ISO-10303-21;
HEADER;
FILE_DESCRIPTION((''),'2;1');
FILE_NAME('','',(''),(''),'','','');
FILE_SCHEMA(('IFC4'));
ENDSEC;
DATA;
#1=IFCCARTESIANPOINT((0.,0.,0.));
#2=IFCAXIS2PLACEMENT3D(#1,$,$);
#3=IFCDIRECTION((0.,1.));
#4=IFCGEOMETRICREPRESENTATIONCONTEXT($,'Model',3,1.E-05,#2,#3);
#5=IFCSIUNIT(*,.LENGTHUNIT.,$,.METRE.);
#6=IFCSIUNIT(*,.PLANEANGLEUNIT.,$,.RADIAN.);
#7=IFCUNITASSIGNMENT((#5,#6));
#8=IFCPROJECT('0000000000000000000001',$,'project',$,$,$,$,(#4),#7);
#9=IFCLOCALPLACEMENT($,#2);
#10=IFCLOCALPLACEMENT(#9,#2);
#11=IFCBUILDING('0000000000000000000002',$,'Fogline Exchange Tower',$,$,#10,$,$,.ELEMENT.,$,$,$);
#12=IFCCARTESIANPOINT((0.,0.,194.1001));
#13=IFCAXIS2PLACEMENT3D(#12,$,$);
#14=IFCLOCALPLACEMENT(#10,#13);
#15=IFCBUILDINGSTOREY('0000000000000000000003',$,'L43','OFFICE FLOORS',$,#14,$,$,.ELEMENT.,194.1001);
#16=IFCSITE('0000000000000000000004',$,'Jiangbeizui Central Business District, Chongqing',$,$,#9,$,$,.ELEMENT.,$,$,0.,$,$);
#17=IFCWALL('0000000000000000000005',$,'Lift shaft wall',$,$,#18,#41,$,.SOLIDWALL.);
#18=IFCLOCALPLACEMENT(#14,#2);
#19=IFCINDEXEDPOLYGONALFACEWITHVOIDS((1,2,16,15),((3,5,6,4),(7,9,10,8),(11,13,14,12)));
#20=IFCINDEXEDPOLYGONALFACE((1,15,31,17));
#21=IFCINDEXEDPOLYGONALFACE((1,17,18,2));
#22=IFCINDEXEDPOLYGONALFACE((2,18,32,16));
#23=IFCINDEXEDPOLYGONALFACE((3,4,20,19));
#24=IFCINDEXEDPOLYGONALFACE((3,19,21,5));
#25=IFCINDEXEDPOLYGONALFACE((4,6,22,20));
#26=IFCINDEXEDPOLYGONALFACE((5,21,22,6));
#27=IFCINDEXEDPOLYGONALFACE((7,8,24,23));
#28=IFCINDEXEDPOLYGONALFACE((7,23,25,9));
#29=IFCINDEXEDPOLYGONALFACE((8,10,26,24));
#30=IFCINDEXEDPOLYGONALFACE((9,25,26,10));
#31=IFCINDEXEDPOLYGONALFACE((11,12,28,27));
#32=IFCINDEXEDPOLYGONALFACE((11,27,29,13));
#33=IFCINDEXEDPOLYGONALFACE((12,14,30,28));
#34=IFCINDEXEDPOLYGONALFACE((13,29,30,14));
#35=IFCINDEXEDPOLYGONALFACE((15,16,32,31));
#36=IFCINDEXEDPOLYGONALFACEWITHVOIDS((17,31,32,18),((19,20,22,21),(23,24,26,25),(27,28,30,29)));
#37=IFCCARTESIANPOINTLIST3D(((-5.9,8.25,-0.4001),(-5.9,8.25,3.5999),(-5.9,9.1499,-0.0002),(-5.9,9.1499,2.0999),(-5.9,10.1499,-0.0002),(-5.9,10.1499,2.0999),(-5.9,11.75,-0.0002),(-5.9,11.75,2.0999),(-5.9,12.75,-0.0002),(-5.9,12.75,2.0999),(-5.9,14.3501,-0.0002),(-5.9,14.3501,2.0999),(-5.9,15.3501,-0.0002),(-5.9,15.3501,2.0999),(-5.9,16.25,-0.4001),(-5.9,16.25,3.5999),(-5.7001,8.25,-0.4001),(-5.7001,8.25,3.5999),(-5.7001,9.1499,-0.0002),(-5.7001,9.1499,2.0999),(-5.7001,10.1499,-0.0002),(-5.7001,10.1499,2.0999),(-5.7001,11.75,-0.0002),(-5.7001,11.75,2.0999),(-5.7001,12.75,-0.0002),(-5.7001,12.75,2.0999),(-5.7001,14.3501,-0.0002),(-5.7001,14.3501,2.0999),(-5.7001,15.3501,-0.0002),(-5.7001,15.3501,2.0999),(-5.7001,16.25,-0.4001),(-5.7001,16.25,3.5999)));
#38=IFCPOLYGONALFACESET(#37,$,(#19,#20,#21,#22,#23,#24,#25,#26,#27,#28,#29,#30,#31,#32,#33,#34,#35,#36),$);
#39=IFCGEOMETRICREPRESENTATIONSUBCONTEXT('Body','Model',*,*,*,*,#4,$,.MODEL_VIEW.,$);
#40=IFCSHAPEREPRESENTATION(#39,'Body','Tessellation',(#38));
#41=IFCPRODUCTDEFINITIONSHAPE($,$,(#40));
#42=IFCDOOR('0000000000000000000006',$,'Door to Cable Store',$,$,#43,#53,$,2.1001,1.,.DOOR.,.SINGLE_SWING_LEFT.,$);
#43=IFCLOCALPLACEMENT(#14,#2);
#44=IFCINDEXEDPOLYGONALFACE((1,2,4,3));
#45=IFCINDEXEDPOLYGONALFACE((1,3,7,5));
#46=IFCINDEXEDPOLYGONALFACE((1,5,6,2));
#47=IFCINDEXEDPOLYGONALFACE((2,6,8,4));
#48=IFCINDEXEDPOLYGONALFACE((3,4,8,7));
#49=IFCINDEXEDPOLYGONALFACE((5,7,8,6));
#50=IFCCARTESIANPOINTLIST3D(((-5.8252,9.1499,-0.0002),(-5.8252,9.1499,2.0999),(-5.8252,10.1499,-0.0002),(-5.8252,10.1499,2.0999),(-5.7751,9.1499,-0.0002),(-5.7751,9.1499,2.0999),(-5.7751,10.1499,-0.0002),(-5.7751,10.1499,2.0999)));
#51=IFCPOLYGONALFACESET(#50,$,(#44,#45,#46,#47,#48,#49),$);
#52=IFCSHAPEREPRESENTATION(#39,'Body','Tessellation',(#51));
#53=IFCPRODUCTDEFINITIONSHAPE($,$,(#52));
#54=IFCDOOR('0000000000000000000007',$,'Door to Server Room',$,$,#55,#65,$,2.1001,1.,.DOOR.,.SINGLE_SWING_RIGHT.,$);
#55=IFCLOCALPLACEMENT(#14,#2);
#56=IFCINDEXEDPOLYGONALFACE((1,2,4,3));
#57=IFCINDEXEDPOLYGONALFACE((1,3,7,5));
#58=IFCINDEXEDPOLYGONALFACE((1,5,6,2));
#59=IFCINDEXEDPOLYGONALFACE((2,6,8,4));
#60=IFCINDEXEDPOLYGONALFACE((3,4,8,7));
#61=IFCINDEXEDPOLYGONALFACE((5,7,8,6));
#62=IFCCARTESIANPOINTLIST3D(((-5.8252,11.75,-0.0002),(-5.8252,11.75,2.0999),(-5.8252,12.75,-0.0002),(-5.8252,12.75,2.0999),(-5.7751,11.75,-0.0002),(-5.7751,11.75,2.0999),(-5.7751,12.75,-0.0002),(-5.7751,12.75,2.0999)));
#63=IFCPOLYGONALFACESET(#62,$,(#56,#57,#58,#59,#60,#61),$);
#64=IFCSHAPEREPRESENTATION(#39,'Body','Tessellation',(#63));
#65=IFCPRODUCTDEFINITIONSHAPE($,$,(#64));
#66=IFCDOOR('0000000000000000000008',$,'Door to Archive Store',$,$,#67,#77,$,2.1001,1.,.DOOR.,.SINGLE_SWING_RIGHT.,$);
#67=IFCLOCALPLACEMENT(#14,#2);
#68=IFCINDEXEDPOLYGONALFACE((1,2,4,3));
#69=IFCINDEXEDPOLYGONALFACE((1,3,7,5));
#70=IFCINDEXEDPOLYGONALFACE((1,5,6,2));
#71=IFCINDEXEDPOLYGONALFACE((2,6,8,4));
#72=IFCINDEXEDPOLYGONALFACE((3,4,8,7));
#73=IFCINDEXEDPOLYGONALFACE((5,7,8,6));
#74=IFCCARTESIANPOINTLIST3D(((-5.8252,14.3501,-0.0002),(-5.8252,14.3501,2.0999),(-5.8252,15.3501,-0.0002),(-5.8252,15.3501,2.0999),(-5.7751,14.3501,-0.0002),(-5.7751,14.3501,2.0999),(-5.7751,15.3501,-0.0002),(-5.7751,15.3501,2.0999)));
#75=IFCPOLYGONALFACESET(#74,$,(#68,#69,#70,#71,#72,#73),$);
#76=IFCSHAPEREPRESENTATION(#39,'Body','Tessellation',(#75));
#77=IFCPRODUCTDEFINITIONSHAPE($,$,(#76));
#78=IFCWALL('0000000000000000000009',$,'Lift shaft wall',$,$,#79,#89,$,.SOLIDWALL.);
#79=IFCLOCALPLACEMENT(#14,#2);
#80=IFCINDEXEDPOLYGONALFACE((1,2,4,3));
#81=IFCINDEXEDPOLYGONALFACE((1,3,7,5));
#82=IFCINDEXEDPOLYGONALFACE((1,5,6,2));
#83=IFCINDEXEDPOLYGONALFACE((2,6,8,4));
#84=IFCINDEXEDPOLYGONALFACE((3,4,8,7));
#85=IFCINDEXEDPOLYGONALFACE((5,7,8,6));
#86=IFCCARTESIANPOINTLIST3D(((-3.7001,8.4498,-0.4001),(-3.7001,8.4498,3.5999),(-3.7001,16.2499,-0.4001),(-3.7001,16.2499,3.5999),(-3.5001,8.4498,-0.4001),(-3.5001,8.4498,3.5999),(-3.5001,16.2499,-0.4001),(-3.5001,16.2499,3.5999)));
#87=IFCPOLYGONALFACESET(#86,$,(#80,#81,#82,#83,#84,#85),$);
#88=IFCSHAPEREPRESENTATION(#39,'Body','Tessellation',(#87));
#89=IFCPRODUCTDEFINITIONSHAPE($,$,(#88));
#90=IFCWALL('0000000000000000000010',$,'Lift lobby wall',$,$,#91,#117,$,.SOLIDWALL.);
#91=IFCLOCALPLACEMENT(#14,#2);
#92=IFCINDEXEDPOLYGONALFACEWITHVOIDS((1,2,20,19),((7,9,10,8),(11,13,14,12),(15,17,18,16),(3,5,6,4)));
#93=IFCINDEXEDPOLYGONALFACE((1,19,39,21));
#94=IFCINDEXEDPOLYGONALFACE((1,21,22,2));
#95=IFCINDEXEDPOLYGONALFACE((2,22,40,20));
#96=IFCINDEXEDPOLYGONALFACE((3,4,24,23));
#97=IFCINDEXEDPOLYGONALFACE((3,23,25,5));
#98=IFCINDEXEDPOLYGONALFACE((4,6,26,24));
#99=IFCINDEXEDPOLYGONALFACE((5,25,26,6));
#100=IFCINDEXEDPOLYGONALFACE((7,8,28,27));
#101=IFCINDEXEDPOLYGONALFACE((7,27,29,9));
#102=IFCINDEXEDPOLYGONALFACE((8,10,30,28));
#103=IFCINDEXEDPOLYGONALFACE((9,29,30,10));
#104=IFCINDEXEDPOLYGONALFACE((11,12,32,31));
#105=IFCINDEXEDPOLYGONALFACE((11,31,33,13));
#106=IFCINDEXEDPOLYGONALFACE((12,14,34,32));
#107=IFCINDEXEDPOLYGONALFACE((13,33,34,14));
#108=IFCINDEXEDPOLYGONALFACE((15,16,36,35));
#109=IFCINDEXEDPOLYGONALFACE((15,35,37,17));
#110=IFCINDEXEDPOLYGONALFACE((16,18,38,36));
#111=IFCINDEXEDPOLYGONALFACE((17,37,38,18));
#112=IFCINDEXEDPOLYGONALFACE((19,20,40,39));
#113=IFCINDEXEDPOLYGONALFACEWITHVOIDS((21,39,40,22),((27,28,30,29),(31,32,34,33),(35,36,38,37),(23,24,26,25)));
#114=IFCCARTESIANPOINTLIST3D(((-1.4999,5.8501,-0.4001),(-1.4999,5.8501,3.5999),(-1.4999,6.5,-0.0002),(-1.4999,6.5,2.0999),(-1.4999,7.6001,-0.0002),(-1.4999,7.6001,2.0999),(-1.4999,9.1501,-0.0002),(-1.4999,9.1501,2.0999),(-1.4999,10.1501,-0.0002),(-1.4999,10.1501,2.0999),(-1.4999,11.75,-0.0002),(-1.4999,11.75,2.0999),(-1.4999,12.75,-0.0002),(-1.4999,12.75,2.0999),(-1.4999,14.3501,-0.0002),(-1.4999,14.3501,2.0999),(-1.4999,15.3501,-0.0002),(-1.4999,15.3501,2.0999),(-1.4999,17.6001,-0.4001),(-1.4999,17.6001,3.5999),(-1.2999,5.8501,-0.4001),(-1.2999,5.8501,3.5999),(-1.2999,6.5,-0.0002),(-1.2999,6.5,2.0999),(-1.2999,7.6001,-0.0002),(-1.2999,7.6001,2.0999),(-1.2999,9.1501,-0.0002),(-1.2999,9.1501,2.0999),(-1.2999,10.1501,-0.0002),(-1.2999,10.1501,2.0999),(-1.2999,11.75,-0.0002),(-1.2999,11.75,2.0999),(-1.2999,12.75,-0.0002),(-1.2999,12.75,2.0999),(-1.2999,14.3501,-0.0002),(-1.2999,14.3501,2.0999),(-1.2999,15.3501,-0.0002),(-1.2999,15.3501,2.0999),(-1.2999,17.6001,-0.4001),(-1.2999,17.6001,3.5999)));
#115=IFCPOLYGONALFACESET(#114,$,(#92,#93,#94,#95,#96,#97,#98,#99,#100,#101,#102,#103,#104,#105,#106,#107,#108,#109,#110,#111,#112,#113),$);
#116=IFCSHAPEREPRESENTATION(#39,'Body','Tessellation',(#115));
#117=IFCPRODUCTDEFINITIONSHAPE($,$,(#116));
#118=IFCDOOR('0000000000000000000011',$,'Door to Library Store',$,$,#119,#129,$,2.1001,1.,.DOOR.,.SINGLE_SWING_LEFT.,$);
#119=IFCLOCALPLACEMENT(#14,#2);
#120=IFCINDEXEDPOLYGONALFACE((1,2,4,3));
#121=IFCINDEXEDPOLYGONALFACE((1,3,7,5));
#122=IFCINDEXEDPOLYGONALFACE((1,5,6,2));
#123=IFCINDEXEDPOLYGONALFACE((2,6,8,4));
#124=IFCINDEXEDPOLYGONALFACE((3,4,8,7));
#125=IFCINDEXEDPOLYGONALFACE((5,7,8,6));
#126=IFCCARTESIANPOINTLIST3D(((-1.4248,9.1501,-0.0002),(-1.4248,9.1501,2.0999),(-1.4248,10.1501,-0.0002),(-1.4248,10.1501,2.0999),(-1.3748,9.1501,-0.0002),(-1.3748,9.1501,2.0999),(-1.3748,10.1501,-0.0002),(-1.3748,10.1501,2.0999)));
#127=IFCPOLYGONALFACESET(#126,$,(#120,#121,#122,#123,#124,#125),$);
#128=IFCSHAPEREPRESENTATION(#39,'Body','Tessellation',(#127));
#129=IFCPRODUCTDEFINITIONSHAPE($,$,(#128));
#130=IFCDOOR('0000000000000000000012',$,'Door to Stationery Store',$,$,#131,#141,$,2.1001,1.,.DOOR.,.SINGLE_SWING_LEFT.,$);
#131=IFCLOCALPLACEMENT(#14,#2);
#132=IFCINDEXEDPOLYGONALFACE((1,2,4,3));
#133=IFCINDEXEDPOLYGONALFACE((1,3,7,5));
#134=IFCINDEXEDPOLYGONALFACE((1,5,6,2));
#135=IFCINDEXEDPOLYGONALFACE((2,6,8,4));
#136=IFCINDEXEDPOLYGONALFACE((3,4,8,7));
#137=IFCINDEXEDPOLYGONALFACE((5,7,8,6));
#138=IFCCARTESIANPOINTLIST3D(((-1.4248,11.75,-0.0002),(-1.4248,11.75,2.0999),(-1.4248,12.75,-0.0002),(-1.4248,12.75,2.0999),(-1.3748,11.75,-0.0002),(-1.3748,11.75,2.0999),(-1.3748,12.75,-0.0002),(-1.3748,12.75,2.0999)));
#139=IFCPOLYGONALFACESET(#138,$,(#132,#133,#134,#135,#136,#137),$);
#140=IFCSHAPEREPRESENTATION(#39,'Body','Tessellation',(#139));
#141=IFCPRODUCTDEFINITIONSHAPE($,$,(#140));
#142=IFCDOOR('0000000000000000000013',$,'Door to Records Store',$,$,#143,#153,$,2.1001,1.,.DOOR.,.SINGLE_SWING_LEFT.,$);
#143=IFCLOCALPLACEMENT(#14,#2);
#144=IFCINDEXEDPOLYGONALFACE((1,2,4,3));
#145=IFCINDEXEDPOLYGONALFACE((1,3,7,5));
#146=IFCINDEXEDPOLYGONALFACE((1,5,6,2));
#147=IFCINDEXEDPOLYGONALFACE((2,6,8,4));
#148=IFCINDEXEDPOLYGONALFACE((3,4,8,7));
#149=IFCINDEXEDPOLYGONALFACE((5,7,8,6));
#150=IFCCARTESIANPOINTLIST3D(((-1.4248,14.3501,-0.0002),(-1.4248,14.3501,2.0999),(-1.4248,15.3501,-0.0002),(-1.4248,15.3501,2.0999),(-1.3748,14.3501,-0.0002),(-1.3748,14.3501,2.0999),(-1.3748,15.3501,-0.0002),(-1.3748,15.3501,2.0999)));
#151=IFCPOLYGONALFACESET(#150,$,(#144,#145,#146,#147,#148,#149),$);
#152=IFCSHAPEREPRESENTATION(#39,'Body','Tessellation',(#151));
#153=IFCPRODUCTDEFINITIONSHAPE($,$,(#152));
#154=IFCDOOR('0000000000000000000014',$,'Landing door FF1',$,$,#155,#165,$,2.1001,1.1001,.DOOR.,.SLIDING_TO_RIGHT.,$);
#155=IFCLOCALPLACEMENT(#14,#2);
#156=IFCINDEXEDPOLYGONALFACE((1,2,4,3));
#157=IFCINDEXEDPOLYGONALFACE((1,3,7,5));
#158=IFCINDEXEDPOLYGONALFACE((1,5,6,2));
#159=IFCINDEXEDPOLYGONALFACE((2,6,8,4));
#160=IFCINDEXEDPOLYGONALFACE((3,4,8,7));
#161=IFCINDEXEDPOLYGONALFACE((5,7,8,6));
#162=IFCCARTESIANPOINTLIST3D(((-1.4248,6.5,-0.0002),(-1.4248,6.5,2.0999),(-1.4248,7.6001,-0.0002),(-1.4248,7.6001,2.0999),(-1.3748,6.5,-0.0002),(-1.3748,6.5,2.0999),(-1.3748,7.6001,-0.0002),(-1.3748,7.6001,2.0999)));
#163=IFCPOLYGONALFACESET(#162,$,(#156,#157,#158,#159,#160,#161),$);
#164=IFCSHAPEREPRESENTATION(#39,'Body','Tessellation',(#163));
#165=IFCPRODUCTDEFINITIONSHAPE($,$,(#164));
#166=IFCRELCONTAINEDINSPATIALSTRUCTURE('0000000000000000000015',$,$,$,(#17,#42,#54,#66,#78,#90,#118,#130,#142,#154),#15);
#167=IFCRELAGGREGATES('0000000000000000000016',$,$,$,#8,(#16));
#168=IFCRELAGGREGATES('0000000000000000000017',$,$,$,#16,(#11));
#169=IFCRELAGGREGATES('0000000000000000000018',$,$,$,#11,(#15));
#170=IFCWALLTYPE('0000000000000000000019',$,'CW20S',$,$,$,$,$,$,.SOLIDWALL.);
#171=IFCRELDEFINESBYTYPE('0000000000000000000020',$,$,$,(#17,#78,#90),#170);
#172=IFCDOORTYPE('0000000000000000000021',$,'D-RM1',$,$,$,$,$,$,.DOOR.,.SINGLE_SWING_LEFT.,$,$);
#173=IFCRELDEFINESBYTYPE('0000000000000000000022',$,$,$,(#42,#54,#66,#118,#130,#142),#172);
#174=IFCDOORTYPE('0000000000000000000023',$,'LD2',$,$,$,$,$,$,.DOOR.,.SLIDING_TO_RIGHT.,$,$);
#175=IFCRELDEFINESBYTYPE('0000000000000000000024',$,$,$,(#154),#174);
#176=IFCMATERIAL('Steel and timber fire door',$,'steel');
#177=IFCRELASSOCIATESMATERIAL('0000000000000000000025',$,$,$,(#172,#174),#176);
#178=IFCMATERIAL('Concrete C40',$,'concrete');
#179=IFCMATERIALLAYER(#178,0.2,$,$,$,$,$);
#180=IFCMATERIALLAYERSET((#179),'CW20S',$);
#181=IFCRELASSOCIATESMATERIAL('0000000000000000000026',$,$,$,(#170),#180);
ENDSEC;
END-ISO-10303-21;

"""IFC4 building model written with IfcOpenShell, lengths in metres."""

from ifc_helpers import new_model, si_unit, direction, frame, frame_2d, origin, place, context, subcontext, project, spatial, rectangle, extrude, material, layer, layer_set, type_object, element, fill, save


model = new_model("IFC4")

# Units and contexts
model_context = context("Model", 3, precision=1e-05, world=origin(), true_north=direction((0.0, 1.0)))
body_context = subcontext(model_context, "Body", "Model", "MODEL_VIEW")
ifc_project = project(units=[si_unit("LENGTHUNIT", "METRE"), si_unit("PLANEANGLEUNIT", "RADIAN")], contexts=[model_context])

# Site, building, storey
site_placement = place(None, origin())
site = spatial("IfcSite", under=ifc_project, at=site_placement, Name="Jiangbeizui Central Business District, Chongqing", CompositionType="ELEMENT", RefElevation=0.0)
building_placement = place(site_placement, origin())
building = spatial("IfcBuilding", under=site, at=building_placement, Name="Fogline Exchange Tower", CompositionType="ELEMENT")
storey_placement = place(building_placement, frame((0.0, 0.0, 194.1001)))
storey = spatial("IfcBuildingStorey", under=building, at=storey_placement, Name="L43", Description="OFFICE FLOORS", CompositionType="ELEMENT", Elevation=194.1001)

# Shared definitions
ifc_material_1 = material(Name="Steel and timber fire door", Category="steel")

# Shared definitions
ifc_material_2 = material(Name="Concrete C40", Category="concrete")

# Shared definitions
door_type_1 = type_object("IfcDoorType", Name="D-RM1", OperationType="SINGLE_SWING_LEFT", PredefinedType="DOOR", material=ifc_material_1)

# Wall, openings, doors
ifc_layer_1 = layer(ifc_material_2, 0.2)
ifc_layer_set_1 = layer_set([ifc_layer_1], Name="CW20S")
wall_type_1 = type_object("IfcWallType", Name="CW20S", PredefinedType="SOLIDWALL", material=ifc_layer_set_1)
wall_1_placement = place(storey_placement, frame((-5.8, 8.25, -0.4001), z_axis=(0.0, 0.0, 1.0), x_axis=(0.0, 1.0, 0.0)))
wall_1 = element("IfcWall", 1, at=wall_1_placement, inside=storey, type_object=wall_type_1, Name="Lift shaft wall", PredefinedType="SOLIDWALL", context=body_context, shape_type="SweptSolid", body=[
    extrude(rectangle(XDim=8.0, YDim=0.2, at=frame_2d((4.0, 0.0))), origin(), (0.0, 0.0, 1.0), 4.0),
])
opening_1_placement = place(wall_1_placement, frame((0.8999, 0.0, 0.3999)))
opening_1 = element("IfcOpeningElement", 2, at=opening_1_placement, cuts=wall_1, PredefinedType="OPENING", context=body_context, shape_type="SweptSolid", body=[
    extrude(rectangle(XDim=1.0, YDim=2.1001, at=frame_2d((0.5, 1.05))), frame((0.0, 0.1099, 0.0), z_axis=(0.0, -1.0, 0.0), x_axis=(1.0, 0.0, 0.0)), (0.0, 0.0, 1.0), 0.22),
])
opening_2_placement = place(wall_1_placement, frame((3.5, 0.0, 0.3999)))
opening_2 = element("IfcOpeningElement", 3, at=opening_2_placement, cuts=wall_1, PredefinedType="OPENING", context=body_context, shape_type="SweptSolid", body=[
    extrude(rectangle(XDim=1.0, YDim=2.1001, at=frame_2d((0.5, 1.05))), frame((0.0, 0.1099, 0.0), z_axis=(0.0, -1.0, 0.0), x_axis=(1.0, 0.0, 0.0)), (0.0, 0.0, 1.0), 0.22),
])
opening_3_placement = place(wall_1_placement, frame((6.1001, 0.0, 0.3999)))
opening_3 = element("IfcOpeningElement", 4, at=opening_3_placement, cuts=wall_1, PredefinedType="OPENING", context=body_context, shape_type="SweptSolid", body=[
    extrude(rectangle(XDim=1.0, YDim=2.1001, at=frame_2d((0.5, 1.05))), frame((0.0, 0.1099, 0.0), z_axis=(0.0, -1.0, 0.0), x_axis=(1.0, 0.0, 0.0)), (0.0, 0.0, 1.0), 0.22),
])
door_1_placement = place(opening_1_placement, frame((1.0, 0.0, 0.0), z_axis=(0.0, 0.0, 1.0), x_axis=(-1.0, 0.0, 0.0)))
door_1 = element("IfcDoor", 5, at=door_1_placement, inside=storey, type_object=door_type_1, Name="Door to Cable Store", OperationType="SINGLE_SWING_LEFT", OverallHeight=2.1001, OverallWidth=1.0, PredefinedType="DOOR", context=body_context, shape_type="SweptSolid", body=[
    extrude(rectangle(XDim=1.0, YDim=2.1001, at=frame_2d((0.5, 1.05))), frame((0.0, 0.0249, 0.0), z_axis=(0.0, -1.0, 0.0), x_axis=(1.0, 0.0, 0.0)), (0.0, 0.0, 1.0), 0.05),
])
fill(opening_1, door_1)
door_2_placement = place(opening_2_placement, frame((1.0, 0.0, 0.0), z_axis=(0.0, 0.0, 1.0), x_axis=(-1.0, 0.0, 0.0)))
door_2 = element("IfcDoor", 6, at=door_2_placement, inside=storey, type_object=door_type_1, Name="Door to Server Room", OperationType="SINGLE_SWING_RIGHT", OverallHeight=2.1001, OverallWidth=1.0, PredefinedType="DOOR", context=body_context, shape_type="SweptSolid", body=[
    extrude(rectangle(XDim=1.0, YDim=2.1001, at=frame_2d((0.5, 1.05))), frame((0.0, 0.0249, 0.0), z_axis=(0.0, -1.0, 0.0), x_axis=(1.0, 0.0, 0.0)), (0.0, 0.0, 1.0), 0.05),
])
fill(opening_2, door_2)
door_3_placement = place(opening_3_placement, frame((1.0, 0.0, 0.0), z_axis=(0.0, 0.0, 1.0), x_axis=(-1.0, 0.0, 0.0)))
door_3 = element("IfcDoor", 7, at=door_3_placement, inside=storey, type_object=door_type_1, Name="Door to Archive Store", OperationType="SINGLE_SWING_RIGHT", OverallHeight=2.1001, OverallWidth=1.0, PredefinedType="DOOR", context=body_context, shape_type="SweptSolid", body=[
    extrude(rectangle(XDim=1.0, YDim=2.1001, at=frame_2d((0.5, 1.05))), frame((0.0, 0.0249, 0.0), z_axis=(0.0, -1.0, 0.0), x_axis=(1.0, 0.0, 0.0)), (0.0, 0.0, 1.0), 0.05),
])
fill(opening_3, door_3)

# Wall
wall_2_placement = place(storey_placement, frame((-3.6001, 8.45, -0.4001), z_axis=(0.0, 0.0, 1.0), x_axis=(0.0, 1.0, 0.0)))
element("IfcWall", 8, at=wall_2_placement, inside=storey, type_object=wall_type_1, Name="Lift shaft wall", PredefinedType="SOLIDWALL", context=body_context, shape_type="SweptSolid", body=[
    extrude(rectangle(XDim=7.8, YDim=0.2, at=frame_2d((3.8999, 0.0))), origin(), (0.0, 0.0, 1.0), 4.0),
])

# Wall, openings, doors
wall_3_placement = place(storey_placement, frame((-1.3999, 5.8501, -0.4001), z_axis=(0.0, 0.0, 1.0), x_axis=(0.0, 1.0, 0.0)))
wall_3 = element("IfcWall", 9, at=wall_3_placement, inside=storey, type_object=wall_type_1, Name="Lift lobby wall", PredefinedType="SOLIDWALL", context=body_context, shape_type="SweptSolid", body=[
    extrude(rectangle(XDim=11.75, YDim=0.2, at=frame_2d((5.875, 0.0))), origin(), (0.0, 0.0, 1.0), 4.0),
])
opening_4_placement = place(wall_3_placement, frame((0.6499, 0.0, 0.3999)))
opening_4 = element("IfcOpeningElement", 10, at=opening_4_placement, cuts=wall_3, PredefinedType="OPENING", context=body_context, shape_type="SweptSolid", body=[
    extrude(rectangle(XDim=1.1001, YDim=2.1001, at=frame_2d((0.55, 1.05))), frame((0.0, 0.1099, 0.0), z_axis=(0.0, -1.0, 0.0), x_axis=(1.0, 0.0, 0.0)), (0.0, 0.0, 1.0), 0.22),
])
opening_5_placement = place(wall_3_placement, frame((3.3, 0.0, 0.3999)))
opening_5 = element("IfcOpeningElement", 11, at=opening_5_placement, cuts=wall_3, PredefinedType="OPENING", context=body_context, shape_type="SweptSolid", body=[
    extrude(rectangle(XDim=1.0, YDim=2.1001, at=frame_2d((0.5, 1.05))), frame((0.0, 0.1099, 0.0), z_axis=(0.0, -1.0, 0.0), x_axis=(1.0, 0.0, 0.0)), (0.0, 0.0, 1.0), 0.22),
])
opening_6_placement = place(wall_3_placement, frame((5.8999, 0.0, 0.3999)))
opening_6 = element("IfcOpeningElement", 12, at=opening_6_placement, cuts=wall_3, PredefinedType="OPENING", context=body_context, shape_type="SweptSolid", body=[
    extrude(rectangle(XDim=1.0, YDim=2.1001, at=frame_2d((0.5, 1.05))), frame((0.0, 0.1099, 0.0), z_axis=(0.0, -1.0, 0.0), x_axis=(1.0, 0.0, 0.0)), (0.0, 0.0, 1.0), 0.22),
])
opening_7_placement = place(wall_3_placement, frame((8.5, 0.0, 0.3999)))
opening_7 = element("IfcOpeningElement", 13, at=opening_7_placement, cuts=wall_3, PredefinedType="OPENING", context=body_context, shape_type="SweptSolid", body=[
    extrude(rectangle(XDim=1.0, YDim=2.1001, at=frame_2d((0.5, 1.05))), frame((0.0, 0.1099, 0.0), z_axis=(0.0, -1.0, 0.0), x_axis=(1.0, 0.0, 0.0)), (0.0, 0.0, 1.0), 0.22),
])
door_4_placement = place(opening_5_placement, origin())
door_4 = element("IfcDoor", 14, at=door_4_placement, inside=storey, type_object=door_type_1, Name="Door to Library Store", OperationType="SINGLE_SWING_LEFT", OverallHeight=2.1001, OverallWidth=1.0, PredefinedType="DOOR", context=body_context, shape_type="SweptSolid", body=[
    extrude(rectangle(XDim=1.0, YDim=2.1001, at=frame_2d((0.5, 1.05))), frame((0.0, 0.0249, 0.0), z_axis=(0.0, -1.0, 0.0), x_axis=(1.0, 0.0, 0.0)), (0.0, 0.0, 1.0), 0.05),
])
fill(opening_5, door_4)
door_5_placement = place(opening_6_placement, origin())
door_5 = element("IfcDoor", 15, at=door_5_placement, inside=storey, type_object=door_type_1, Name="Door to Stationery Store", OperationType="SINGLE_SWING_LEFT", OverallHeight=2.1001, OverallWidth=1.0, PredefinedType="DOOR", context=body_context, shape_type="SweptSolid", body=[
    extrude(rectangle(XDim=1.0, YDim=2.1001, at=frame_2d((0.5, 1.05))), frame((0.0, 0.0249, 0.0), z_axis=(0.0, -1.0, 0.0), x_axis=(1.0, 0.0, 0.0)), (0.0, 0.0, 1.0), 0.05),
])
fill(opening_6, door_5)
door_6_placement = place(opening_7_placement, origin())
door_6 = element("IfcDoor", 16, at=door_6_placement, inside=storey, type_object=door_type_1, Name="Door to Records Store", OperationType="SINGLE_SWING_LEFT", OverallHeight=2.1001, OverallWidth=1.0, PredefinedType="DOOR", context=body_context, shape_type="SweptSolid", body=[
    extrude(rectangle(XDim=1.0, YDim=2.1001, at=frame_2d((0.5, 1.05))), frame((0.0, 0.0249, 0.0), z_axis=(0.0, -1.0, 0.0), x_axis=(1.0, 0.0, 0.0)), (0.0, 0.0, 1.0), 0.05),
])
fill(opening_7, door_6)
door_type_2 = type_object("IfcDoorType", Name="LD2", OperationType="SLIDING_TO_RIGHT", PredefinedType="DOOR", material=ifc_material_1)
door_7_placement = place(opening_4_placement, origin())
door_7 = element("IfcDoor", 17, at=door_7_placement, inside=storey, type_object=door_type_2, Name="Landing door FF1", OperationType="SLIDING_TO_RIGHT", OverallHeight=2.1001, OverallWidth=1.1001, PredefinedType="DOOR", context=body_context, shape_type="SweptSolid", body=[
    extrude(rectangle(XDim=1.1001, YDim=2.1001, at=frame_2d((0.55, 1.05))), frame((0.0, 0.0249, 0.0), z_axis=(0.0, -1.0, 0.0), x_axis=(1.0, 0.0, 0.0)), (0.0, 0.0, 1.0), 0.05),
])
fill(opening_4, door_7)

save(model, "model.ifc")
